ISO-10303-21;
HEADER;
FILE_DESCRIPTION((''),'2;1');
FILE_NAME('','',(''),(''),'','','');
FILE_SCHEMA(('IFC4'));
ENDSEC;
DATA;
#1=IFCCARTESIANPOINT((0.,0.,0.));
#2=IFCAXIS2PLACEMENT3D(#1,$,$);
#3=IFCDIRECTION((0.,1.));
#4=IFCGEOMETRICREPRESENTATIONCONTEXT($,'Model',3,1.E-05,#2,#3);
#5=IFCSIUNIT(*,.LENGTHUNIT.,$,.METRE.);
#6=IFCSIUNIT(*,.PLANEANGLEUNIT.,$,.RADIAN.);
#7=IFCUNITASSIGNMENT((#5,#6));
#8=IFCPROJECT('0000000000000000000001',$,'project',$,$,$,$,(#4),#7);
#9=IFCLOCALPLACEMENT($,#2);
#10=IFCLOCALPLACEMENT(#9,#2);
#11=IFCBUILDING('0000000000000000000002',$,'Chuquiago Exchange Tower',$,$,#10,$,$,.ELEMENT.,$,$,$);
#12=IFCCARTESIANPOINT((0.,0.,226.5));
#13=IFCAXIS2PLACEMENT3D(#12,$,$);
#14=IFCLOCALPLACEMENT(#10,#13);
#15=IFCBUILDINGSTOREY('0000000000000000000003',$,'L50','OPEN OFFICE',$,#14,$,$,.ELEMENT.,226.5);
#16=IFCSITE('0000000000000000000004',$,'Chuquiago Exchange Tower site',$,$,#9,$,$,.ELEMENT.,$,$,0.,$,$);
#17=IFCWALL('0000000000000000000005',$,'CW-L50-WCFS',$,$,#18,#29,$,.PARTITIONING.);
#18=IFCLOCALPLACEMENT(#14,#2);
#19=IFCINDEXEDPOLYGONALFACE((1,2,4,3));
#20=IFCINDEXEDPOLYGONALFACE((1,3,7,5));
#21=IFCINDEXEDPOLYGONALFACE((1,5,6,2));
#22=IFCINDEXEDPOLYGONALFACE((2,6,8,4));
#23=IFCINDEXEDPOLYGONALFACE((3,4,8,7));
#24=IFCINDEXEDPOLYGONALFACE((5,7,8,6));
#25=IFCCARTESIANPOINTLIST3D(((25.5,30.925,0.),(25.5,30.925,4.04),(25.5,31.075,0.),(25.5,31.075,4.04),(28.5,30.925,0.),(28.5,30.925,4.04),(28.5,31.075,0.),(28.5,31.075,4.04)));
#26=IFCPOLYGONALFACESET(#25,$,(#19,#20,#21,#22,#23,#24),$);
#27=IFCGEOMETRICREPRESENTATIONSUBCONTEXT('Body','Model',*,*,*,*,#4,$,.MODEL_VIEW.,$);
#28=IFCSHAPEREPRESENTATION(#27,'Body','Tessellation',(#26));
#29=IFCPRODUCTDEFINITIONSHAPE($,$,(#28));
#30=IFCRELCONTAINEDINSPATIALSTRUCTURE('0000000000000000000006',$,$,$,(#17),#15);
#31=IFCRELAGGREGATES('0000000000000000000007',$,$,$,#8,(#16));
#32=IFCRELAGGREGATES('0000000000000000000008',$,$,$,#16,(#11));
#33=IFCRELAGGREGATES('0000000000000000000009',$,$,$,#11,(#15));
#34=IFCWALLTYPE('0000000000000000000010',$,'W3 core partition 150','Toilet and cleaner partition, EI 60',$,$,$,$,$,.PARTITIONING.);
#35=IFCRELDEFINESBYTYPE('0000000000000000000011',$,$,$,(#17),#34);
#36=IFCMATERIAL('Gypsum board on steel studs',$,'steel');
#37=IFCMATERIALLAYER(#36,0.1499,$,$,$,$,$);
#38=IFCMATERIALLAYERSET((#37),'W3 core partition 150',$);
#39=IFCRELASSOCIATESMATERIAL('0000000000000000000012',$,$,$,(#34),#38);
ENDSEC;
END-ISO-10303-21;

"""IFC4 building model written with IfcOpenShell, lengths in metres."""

from ifc_helpers import new_model, si_unit, direction, frame, frame_2d, origin, place, context, subcontext, project, spatial, rectangle, extrude, material, layer, layer_set, type_object, element, save


model = new_model("IFC4")

# Units and contexts
model_context = context("Model", 3, precision=1e-05, world=origin(), true_north=direction((0.0, 1.0)))
body_context = subcontext(model_context, "Body", "Model", "MODEL_VIEW")
ifc_project = project(units=[si_unit("LENGTHUNIT", "METRE"), si_unit("PLANEANGLEUNIT", "RADIAN")], contexts=[model_context])

# Site, building, storey
site_placement = place(None, origin())
site = spatial("IfcSite", under=ifc_project, at=site_placement, Name="Chuquiago Exchange Tower site", CompositionType="ELEMENT", RefElevation=0.0)
building_placement = place(site_placement, origin())
building = spatial("IfcBuilding", under=site, at=building_placement, Name="Chuquiago Exchange Tower", CompositionType="ELEMENT")
storey_placement = place(building_placement, frame((0.0, 0.0, 226.5)))
storey = spatial("IfcBuildingStorey", under=building, at=storey_placement, Name="L50", Description="OPEN OFFICE", CompositionType="ELEMENT", Elevation=226.5)

# Shared definitions
ifc_material_1 = material(Name="Gypsum board on steel studs", Category="steel")
ifc_layer_1 = layer(ifc_material_1, 0.1499)
ifc_layer_set_1 = layer_set([ifc_layer_1], Name="W3 core partition 150")
wall_type_1 = type_object("IfcWallType", Name="W3 core partition 150", Description="Toilet and cleaner partition, EI 60", PredefinedType="PARTITIONING", material=ifc_layer_set_1)

# Wall
wall_1_placement = place(storey_placement, frame((25.5, 31.0, 0.0), z_axis=(0.0, 0.0, 1.0), x_axis=(1.0, 0.0, 0.0)))
element("IfcWall", 1, at=wall_1_placement, inside=storey, type_object=wall_type_1, Name="CW-L50-WCFS", PredefinedType="PARTITIONING", context=body_context, shape_type="SweptSolid", body=[
    extrude(rectangle(XDim=3.0, YDim=0.1499, at=frame_2d((1.5, 0.0))), origin(), (0.0, 0.0, 1.0), 4.04),
])

save(model, "model.ifc")
